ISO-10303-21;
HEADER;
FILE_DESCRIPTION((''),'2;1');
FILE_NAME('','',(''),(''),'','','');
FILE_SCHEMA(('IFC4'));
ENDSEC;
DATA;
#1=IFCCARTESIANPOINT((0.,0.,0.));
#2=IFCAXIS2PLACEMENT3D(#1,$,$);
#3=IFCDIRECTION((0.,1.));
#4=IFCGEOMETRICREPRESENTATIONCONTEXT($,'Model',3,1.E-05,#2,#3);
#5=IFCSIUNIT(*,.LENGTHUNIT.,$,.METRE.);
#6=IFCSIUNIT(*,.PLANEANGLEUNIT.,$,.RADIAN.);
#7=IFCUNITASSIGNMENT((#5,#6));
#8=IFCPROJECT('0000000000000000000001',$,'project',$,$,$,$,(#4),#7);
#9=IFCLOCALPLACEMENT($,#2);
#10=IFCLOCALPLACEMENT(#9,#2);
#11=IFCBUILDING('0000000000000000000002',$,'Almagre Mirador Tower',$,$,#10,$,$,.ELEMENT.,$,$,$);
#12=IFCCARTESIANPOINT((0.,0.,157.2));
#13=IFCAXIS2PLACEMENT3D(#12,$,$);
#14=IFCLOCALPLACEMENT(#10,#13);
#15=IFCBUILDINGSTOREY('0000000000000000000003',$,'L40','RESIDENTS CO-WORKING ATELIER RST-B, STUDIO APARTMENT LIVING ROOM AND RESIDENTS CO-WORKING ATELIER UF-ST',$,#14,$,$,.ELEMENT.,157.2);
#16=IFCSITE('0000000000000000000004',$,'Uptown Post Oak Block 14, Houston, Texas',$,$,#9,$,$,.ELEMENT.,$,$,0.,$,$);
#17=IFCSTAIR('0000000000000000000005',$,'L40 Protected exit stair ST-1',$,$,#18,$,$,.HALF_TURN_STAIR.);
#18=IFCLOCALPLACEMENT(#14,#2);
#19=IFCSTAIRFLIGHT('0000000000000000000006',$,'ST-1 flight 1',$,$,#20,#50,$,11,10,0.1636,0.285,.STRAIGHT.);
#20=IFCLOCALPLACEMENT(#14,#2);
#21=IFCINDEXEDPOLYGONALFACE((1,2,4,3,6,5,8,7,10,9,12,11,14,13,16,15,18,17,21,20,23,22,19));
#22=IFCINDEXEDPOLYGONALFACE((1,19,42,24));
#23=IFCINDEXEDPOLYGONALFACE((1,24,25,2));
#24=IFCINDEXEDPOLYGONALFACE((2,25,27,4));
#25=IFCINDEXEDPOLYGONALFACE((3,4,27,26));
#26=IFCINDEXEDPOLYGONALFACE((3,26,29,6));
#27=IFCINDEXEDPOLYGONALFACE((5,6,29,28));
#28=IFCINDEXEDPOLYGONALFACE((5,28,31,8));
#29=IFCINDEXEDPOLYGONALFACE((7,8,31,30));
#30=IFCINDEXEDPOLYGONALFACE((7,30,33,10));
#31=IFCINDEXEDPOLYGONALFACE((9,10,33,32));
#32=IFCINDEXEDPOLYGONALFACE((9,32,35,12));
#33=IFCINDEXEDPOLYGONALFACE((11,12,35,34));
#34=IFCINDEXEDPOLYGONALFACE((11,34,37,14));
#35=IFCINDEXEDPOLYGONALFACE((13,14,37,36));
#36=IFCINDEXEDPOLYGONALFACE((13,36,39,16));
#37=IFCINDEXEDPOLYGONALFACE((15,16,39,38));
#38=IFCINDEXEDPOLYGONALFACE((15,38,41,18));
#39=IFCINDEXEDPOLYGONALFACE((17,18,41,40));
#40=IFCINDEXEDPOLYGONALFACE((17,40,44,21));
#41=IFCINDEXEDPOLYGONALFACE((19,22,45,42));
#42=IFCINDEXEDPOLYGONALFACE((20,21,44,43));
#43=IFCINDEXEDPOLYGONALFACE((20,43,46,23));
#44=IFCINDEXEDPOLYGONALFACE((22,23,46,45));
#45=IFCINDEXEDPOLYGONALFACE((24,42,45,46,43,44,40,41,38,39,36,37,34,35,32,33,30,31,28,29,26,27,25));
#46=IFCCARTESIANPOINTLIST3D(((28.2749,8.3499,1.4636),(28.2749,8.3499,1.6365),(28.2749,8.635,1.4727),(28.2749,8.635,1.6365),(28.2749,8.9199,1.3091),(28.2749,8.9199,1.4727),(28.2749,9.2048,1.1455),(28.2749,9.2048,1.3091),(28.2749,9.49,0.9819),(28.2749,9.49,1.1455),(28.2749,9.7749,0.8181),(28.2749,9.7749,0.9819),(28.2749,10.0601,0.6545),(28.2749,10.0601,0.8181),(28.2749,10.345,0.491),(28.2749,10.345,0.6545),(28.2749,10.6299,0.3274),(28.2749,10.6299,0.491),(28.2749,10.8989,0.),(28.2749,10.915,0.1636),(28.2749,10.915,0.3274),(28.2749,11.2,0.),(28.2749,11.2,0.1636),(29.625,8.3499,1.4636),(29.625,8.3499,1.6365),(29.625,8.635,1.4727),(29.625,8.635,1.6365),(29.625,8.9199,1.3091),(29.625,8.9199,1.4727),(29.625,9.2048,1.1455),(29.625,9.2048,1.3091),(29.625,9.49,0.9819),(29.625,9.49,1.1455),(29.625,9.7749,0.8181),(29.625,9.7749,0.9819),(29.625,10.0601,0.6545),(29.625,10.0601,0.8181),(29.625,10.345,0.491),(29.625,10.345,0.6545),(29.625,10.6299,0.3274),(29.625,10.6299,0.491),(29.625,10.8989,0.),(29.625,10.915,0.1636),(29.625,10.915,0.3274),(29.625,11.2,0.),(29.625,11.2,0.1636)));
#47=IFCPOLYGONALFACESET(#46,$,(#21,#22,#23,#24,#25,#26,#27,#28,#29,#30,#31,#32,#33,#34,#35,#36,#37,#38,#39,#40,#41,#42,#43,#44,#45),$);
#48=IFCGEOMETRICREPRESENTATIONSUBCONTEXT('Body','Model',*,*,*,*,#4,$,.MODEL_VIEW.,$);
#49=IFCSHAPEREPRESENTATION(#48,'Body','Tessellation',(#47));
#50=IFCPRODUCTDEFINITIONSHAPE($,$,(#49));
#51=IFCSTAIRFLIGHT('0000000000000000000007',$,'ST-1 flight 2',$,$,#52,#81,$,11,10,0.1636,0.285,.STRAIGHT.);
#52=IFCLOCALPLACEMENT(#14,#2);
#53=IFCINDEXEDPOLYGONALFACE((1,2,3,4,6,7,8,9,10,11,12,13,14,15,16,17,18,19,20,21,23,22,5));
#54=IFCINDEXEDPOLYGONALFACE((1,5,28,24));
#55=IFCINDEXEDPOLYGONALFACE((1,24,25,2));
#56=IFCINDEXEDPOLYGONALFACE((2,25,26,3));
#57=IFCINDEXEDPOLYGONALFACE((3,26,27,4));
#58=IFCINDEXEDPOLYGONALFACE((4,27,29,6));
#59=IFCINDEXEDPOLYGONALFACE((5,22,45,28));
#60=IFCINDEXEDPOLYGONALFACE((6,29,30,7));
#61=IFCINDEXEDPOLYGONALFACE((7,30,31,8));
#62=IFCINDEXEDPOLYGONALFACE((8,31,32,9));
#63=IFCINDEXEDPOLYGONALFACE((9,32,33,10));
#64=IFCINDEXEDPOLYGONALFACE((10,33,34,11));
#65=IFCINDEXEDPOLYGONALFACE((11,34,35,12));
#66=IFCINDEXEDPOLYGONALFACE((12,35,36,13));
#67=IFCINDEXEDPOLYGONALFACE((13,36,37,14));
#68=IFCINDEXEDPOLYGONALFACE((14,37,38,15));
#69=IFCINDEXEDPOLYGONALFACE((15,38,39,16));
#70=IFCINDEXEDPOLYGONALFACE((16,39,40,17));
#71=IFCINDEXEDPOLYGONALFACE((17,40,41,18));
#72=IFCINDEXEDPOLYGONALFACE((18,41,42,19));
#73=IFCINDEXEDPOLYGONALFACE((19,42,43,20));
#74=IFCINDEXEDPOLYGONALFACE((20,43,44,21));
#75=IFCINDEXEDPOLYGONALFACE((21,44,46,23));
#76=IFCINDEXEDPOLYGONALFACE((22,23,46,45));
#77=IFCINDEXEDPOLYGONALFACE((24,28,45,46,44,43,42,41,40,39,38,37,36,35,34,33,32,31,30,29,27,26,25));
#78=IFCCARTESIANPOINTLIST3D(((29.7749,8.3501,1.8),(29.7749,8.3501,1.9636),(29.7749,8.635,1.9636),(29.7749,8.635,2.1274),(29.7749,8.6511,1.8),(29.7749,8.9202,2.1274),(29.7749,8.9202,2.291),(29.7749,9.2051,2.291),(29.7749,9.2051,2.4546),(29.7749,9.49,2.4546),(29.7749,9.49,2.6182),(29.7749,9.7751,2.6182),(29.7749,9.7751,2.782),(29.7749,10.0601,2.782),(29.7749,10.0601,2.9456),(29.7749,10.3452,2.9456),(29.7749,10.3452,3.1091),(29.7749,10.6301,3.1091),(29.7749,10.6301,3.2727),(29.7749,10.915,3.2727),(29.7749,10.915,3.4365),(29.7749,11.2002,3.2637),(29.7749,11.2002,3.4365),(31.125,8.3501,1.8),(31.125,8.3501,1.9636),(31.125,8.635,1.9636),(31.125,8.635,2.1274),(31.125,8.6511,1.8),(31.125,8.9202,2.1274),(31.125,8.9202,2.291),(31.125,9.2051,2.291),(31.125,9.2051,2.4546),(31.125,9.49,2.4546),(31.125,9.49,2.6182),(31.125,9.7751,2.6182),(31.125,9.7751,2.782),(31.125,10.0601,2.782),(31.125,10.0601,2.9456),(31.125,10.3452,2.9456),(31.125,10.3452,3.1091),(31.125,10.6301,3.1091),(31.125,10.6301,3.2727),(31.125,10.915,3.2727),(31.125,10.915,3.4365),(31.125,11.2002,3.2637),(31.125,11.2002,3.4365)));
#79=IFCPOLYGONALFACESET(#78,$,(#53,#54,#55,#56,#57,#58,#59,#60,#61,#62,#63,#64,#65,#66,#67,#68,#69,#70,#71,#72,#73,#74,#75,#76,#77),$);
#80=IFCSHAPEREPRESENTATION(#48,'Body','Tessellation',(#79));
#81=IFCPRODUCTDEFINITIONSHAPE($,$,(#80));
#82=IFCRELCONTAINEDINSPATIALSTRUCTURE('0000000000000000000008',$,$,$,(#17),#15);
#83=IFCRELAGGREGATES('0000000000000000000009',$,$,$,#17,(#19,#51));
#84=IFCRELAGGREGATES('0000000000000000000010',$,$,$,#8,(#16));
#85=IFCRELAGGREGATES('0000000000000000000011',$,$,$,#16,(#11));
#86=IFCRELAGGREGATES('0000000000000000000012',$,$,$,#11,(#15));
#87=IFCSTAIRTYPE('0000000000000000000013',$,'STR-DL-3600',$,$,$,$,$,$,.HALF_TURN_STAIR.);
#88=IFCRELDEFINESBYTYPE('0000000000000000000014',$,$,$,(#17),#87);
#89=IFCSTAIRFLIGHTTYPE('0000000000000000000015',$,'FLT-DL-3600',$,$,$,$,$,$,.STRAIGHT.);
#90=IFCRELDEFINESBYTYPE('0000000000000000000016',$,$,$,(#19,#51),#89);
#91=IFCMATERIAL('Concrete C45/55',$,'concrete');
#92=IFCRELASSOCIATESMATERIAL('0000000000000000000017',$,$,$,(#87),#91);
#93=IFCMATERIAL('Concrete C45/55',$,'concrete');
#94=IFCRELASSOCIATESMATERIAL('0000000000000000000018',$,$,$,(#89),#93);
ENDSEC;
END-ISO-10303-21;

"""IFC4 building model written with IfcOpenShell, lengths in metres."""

from ifc_helpers import new_model, si_unit, direction, frame, origin, place, context, subcontext, project, spatial, polyline, outline, extrude, material, type_object, element, aggregate, save


model = new_model("IFC4")

# Units and contexts
model_context = context("Model", 3, precision=1e-05, world=origin(), true_north=direction((0.0, 1.0)))
body_context = subcontext(model_context, "Body", "Model", "MODEL_VIEW")
ifc_project = project(units=[si_unit("LENGTHUNIT", "METRE"), si_unit("PLANEANGLEUNIT", "RADIAN")], contexts=[model_context])

# Site, building, storey
site_placement = place(None, origin())
site = spatial("IfcSite", under=ifc_project, at=site_placement, Name="Uptown Post Oak Block 14, Houston, Texas", CompositionType="ELEMENT", RefElevation=0.0)
building_placement = place(site_placement, origin())
building = spatial("IfcBuilding", under=site, at=building_placement, Name="Almagre Mirador Tower", CompositionType="ELEMENT")
storey_placement = place(building_placement, frame((0.0, 0.0, 157.2)))
storey = spatial("IfcBuildingStorey", under=building, at=storey_placement, Name="L40", Description="RESIDENTS CO-WORKING ATELIER RST-B, STUDIO APARTMENT LIVING ROOM AND RESIDENTS CO-WORKING ATELIER UF-ST", CompositionType="ELEMENT", Elevation=157.2)

# Stair, stair flights
ifc_material_1 = material(Name="Concrete C45/55", Category="concrete")
stair_type = type_object("IfcStairType", Name="STR-DL-3600", PredefinedType="HALF_TURN_STAIR", material=ifc_material_1)
stair_placement = place(storey_placement, origin())
stair = element("IfcStair", 1, at=stair_placement, inside=storey, type_object=stair_type, Name="L40 Protected exit stair ST-1", PredefinedType="HALF_TURN_STAIR")
ifc_material_2 = material(Name="Concrete C45/55", Category="concrete")
stair_flight_type = type_object("IfcStairFlightType", Name="FLT-DL-3600", PredefinedType="STRAIGHT", material=ifc_material_2)
stair_flight_1_placement = place(storey_placement, frame((28.95, 11.2, 0.0), z_axis=(0.0, 0.0, 1.0), x_axis=(0.0, -1.0, 0.0)))
stair_flight_1 = element("IfcStairFlight", 2, at=stair_flight_1_placement, type_object=stair_flight_type, Name="ST-1 flight 1", NumberOfRisers=11, NumberOfTreads=10, PredefinedType="STRAIGHT", RiserHeight=0.1636, TreadLength=0.285, context=body_context, shape_type="SweptSolid", body=[
    extrude(outline(polyline([(0.0, 0.0), (0.0, 0.1636), (0.2849, 0.1636), (0.2849, 0.3274), (0.5701, 0.3274), (0.5701, 0.491), (0.855, 0.491), (0.855, 0.6545), (1.1399, 0.6545), (1.1399, 0.8181), (1.425, 0.8181), (1.425, 0.9819), (1.71, 0.9819), (1.71, 1.1455), (1.9951, 1.1455), (1.9951, 1.3091), (2.28, 1.3091), (2.28, 1.4727), (2.5649, 1.4727), (2.5649, 1.6365), (2.8501, 1.6365), (2.8501, 1.8), (2.8501, 1.4636), (0.301, 0.0), (0.0, 0.0)])), frame((0.0, 0.675, 0.0), z_axis=(0.0, -1.0, 0.0), x_axis=(1.0, 0.0, 0.0)), (0.0, 0.0, 1.0), 1.3501),
])
stair_flight_2_placement = place(storey_placement, frame((30.45, 8.3501, 1.8), z_axis=(0.0, 0.0, 1.0), x_axis=(0.0, 1.0, 0.0)))
stair_flight_2 = element("IfcStairFlight", 3, at=stair_flight_2_placement, type_object=stair_flight_type, Name="ST-1 flight 2", NumberOfRisers=11, NumberOfTreads=10, PredefinedType="STRAIGHT", RiserHeight=0.1636, TreadLength=0.285, context=body_context, shape_type="SweptSolid", body=[
    extrude(outline(polyline([(0.0, 0.0), (0.0, 0.1636), (0.2849, 0.1636), (0.2849, 0.3274), (0.5701, 0.3274), (0.5701, 0.491), (0.855, 0.491), (0.855, 0.6545), (1.1399, 0.6545), (1.1399, 0.8181), (1.425, 0.8181), (1.425, 0.9819), (1.71, 0.9819), (1.71, 1.1455), (1.9951, 1.1455), (1.9951, 1.3091), (2.28, 1.3091), (2.28, 1.4727), (2.5649, 1.4727), (2.5649, 1.6365), (2.8501, 1.6365), (2.8501, 1.8), (2.8501, 1.4636), (0.301, 0.0), (0.0, 0.0)])), frame((0.0, 0.675, 0.0), z_axis=(0.0, -1.0, 0.0), x_axis=(1.0, 0.0, 0.0)), (0.0, 0.0, 1.0), 1.3501),
])
aggregate(stair, [stair_flight_1, stair_flight_2])

save(model, "model.ifc")
